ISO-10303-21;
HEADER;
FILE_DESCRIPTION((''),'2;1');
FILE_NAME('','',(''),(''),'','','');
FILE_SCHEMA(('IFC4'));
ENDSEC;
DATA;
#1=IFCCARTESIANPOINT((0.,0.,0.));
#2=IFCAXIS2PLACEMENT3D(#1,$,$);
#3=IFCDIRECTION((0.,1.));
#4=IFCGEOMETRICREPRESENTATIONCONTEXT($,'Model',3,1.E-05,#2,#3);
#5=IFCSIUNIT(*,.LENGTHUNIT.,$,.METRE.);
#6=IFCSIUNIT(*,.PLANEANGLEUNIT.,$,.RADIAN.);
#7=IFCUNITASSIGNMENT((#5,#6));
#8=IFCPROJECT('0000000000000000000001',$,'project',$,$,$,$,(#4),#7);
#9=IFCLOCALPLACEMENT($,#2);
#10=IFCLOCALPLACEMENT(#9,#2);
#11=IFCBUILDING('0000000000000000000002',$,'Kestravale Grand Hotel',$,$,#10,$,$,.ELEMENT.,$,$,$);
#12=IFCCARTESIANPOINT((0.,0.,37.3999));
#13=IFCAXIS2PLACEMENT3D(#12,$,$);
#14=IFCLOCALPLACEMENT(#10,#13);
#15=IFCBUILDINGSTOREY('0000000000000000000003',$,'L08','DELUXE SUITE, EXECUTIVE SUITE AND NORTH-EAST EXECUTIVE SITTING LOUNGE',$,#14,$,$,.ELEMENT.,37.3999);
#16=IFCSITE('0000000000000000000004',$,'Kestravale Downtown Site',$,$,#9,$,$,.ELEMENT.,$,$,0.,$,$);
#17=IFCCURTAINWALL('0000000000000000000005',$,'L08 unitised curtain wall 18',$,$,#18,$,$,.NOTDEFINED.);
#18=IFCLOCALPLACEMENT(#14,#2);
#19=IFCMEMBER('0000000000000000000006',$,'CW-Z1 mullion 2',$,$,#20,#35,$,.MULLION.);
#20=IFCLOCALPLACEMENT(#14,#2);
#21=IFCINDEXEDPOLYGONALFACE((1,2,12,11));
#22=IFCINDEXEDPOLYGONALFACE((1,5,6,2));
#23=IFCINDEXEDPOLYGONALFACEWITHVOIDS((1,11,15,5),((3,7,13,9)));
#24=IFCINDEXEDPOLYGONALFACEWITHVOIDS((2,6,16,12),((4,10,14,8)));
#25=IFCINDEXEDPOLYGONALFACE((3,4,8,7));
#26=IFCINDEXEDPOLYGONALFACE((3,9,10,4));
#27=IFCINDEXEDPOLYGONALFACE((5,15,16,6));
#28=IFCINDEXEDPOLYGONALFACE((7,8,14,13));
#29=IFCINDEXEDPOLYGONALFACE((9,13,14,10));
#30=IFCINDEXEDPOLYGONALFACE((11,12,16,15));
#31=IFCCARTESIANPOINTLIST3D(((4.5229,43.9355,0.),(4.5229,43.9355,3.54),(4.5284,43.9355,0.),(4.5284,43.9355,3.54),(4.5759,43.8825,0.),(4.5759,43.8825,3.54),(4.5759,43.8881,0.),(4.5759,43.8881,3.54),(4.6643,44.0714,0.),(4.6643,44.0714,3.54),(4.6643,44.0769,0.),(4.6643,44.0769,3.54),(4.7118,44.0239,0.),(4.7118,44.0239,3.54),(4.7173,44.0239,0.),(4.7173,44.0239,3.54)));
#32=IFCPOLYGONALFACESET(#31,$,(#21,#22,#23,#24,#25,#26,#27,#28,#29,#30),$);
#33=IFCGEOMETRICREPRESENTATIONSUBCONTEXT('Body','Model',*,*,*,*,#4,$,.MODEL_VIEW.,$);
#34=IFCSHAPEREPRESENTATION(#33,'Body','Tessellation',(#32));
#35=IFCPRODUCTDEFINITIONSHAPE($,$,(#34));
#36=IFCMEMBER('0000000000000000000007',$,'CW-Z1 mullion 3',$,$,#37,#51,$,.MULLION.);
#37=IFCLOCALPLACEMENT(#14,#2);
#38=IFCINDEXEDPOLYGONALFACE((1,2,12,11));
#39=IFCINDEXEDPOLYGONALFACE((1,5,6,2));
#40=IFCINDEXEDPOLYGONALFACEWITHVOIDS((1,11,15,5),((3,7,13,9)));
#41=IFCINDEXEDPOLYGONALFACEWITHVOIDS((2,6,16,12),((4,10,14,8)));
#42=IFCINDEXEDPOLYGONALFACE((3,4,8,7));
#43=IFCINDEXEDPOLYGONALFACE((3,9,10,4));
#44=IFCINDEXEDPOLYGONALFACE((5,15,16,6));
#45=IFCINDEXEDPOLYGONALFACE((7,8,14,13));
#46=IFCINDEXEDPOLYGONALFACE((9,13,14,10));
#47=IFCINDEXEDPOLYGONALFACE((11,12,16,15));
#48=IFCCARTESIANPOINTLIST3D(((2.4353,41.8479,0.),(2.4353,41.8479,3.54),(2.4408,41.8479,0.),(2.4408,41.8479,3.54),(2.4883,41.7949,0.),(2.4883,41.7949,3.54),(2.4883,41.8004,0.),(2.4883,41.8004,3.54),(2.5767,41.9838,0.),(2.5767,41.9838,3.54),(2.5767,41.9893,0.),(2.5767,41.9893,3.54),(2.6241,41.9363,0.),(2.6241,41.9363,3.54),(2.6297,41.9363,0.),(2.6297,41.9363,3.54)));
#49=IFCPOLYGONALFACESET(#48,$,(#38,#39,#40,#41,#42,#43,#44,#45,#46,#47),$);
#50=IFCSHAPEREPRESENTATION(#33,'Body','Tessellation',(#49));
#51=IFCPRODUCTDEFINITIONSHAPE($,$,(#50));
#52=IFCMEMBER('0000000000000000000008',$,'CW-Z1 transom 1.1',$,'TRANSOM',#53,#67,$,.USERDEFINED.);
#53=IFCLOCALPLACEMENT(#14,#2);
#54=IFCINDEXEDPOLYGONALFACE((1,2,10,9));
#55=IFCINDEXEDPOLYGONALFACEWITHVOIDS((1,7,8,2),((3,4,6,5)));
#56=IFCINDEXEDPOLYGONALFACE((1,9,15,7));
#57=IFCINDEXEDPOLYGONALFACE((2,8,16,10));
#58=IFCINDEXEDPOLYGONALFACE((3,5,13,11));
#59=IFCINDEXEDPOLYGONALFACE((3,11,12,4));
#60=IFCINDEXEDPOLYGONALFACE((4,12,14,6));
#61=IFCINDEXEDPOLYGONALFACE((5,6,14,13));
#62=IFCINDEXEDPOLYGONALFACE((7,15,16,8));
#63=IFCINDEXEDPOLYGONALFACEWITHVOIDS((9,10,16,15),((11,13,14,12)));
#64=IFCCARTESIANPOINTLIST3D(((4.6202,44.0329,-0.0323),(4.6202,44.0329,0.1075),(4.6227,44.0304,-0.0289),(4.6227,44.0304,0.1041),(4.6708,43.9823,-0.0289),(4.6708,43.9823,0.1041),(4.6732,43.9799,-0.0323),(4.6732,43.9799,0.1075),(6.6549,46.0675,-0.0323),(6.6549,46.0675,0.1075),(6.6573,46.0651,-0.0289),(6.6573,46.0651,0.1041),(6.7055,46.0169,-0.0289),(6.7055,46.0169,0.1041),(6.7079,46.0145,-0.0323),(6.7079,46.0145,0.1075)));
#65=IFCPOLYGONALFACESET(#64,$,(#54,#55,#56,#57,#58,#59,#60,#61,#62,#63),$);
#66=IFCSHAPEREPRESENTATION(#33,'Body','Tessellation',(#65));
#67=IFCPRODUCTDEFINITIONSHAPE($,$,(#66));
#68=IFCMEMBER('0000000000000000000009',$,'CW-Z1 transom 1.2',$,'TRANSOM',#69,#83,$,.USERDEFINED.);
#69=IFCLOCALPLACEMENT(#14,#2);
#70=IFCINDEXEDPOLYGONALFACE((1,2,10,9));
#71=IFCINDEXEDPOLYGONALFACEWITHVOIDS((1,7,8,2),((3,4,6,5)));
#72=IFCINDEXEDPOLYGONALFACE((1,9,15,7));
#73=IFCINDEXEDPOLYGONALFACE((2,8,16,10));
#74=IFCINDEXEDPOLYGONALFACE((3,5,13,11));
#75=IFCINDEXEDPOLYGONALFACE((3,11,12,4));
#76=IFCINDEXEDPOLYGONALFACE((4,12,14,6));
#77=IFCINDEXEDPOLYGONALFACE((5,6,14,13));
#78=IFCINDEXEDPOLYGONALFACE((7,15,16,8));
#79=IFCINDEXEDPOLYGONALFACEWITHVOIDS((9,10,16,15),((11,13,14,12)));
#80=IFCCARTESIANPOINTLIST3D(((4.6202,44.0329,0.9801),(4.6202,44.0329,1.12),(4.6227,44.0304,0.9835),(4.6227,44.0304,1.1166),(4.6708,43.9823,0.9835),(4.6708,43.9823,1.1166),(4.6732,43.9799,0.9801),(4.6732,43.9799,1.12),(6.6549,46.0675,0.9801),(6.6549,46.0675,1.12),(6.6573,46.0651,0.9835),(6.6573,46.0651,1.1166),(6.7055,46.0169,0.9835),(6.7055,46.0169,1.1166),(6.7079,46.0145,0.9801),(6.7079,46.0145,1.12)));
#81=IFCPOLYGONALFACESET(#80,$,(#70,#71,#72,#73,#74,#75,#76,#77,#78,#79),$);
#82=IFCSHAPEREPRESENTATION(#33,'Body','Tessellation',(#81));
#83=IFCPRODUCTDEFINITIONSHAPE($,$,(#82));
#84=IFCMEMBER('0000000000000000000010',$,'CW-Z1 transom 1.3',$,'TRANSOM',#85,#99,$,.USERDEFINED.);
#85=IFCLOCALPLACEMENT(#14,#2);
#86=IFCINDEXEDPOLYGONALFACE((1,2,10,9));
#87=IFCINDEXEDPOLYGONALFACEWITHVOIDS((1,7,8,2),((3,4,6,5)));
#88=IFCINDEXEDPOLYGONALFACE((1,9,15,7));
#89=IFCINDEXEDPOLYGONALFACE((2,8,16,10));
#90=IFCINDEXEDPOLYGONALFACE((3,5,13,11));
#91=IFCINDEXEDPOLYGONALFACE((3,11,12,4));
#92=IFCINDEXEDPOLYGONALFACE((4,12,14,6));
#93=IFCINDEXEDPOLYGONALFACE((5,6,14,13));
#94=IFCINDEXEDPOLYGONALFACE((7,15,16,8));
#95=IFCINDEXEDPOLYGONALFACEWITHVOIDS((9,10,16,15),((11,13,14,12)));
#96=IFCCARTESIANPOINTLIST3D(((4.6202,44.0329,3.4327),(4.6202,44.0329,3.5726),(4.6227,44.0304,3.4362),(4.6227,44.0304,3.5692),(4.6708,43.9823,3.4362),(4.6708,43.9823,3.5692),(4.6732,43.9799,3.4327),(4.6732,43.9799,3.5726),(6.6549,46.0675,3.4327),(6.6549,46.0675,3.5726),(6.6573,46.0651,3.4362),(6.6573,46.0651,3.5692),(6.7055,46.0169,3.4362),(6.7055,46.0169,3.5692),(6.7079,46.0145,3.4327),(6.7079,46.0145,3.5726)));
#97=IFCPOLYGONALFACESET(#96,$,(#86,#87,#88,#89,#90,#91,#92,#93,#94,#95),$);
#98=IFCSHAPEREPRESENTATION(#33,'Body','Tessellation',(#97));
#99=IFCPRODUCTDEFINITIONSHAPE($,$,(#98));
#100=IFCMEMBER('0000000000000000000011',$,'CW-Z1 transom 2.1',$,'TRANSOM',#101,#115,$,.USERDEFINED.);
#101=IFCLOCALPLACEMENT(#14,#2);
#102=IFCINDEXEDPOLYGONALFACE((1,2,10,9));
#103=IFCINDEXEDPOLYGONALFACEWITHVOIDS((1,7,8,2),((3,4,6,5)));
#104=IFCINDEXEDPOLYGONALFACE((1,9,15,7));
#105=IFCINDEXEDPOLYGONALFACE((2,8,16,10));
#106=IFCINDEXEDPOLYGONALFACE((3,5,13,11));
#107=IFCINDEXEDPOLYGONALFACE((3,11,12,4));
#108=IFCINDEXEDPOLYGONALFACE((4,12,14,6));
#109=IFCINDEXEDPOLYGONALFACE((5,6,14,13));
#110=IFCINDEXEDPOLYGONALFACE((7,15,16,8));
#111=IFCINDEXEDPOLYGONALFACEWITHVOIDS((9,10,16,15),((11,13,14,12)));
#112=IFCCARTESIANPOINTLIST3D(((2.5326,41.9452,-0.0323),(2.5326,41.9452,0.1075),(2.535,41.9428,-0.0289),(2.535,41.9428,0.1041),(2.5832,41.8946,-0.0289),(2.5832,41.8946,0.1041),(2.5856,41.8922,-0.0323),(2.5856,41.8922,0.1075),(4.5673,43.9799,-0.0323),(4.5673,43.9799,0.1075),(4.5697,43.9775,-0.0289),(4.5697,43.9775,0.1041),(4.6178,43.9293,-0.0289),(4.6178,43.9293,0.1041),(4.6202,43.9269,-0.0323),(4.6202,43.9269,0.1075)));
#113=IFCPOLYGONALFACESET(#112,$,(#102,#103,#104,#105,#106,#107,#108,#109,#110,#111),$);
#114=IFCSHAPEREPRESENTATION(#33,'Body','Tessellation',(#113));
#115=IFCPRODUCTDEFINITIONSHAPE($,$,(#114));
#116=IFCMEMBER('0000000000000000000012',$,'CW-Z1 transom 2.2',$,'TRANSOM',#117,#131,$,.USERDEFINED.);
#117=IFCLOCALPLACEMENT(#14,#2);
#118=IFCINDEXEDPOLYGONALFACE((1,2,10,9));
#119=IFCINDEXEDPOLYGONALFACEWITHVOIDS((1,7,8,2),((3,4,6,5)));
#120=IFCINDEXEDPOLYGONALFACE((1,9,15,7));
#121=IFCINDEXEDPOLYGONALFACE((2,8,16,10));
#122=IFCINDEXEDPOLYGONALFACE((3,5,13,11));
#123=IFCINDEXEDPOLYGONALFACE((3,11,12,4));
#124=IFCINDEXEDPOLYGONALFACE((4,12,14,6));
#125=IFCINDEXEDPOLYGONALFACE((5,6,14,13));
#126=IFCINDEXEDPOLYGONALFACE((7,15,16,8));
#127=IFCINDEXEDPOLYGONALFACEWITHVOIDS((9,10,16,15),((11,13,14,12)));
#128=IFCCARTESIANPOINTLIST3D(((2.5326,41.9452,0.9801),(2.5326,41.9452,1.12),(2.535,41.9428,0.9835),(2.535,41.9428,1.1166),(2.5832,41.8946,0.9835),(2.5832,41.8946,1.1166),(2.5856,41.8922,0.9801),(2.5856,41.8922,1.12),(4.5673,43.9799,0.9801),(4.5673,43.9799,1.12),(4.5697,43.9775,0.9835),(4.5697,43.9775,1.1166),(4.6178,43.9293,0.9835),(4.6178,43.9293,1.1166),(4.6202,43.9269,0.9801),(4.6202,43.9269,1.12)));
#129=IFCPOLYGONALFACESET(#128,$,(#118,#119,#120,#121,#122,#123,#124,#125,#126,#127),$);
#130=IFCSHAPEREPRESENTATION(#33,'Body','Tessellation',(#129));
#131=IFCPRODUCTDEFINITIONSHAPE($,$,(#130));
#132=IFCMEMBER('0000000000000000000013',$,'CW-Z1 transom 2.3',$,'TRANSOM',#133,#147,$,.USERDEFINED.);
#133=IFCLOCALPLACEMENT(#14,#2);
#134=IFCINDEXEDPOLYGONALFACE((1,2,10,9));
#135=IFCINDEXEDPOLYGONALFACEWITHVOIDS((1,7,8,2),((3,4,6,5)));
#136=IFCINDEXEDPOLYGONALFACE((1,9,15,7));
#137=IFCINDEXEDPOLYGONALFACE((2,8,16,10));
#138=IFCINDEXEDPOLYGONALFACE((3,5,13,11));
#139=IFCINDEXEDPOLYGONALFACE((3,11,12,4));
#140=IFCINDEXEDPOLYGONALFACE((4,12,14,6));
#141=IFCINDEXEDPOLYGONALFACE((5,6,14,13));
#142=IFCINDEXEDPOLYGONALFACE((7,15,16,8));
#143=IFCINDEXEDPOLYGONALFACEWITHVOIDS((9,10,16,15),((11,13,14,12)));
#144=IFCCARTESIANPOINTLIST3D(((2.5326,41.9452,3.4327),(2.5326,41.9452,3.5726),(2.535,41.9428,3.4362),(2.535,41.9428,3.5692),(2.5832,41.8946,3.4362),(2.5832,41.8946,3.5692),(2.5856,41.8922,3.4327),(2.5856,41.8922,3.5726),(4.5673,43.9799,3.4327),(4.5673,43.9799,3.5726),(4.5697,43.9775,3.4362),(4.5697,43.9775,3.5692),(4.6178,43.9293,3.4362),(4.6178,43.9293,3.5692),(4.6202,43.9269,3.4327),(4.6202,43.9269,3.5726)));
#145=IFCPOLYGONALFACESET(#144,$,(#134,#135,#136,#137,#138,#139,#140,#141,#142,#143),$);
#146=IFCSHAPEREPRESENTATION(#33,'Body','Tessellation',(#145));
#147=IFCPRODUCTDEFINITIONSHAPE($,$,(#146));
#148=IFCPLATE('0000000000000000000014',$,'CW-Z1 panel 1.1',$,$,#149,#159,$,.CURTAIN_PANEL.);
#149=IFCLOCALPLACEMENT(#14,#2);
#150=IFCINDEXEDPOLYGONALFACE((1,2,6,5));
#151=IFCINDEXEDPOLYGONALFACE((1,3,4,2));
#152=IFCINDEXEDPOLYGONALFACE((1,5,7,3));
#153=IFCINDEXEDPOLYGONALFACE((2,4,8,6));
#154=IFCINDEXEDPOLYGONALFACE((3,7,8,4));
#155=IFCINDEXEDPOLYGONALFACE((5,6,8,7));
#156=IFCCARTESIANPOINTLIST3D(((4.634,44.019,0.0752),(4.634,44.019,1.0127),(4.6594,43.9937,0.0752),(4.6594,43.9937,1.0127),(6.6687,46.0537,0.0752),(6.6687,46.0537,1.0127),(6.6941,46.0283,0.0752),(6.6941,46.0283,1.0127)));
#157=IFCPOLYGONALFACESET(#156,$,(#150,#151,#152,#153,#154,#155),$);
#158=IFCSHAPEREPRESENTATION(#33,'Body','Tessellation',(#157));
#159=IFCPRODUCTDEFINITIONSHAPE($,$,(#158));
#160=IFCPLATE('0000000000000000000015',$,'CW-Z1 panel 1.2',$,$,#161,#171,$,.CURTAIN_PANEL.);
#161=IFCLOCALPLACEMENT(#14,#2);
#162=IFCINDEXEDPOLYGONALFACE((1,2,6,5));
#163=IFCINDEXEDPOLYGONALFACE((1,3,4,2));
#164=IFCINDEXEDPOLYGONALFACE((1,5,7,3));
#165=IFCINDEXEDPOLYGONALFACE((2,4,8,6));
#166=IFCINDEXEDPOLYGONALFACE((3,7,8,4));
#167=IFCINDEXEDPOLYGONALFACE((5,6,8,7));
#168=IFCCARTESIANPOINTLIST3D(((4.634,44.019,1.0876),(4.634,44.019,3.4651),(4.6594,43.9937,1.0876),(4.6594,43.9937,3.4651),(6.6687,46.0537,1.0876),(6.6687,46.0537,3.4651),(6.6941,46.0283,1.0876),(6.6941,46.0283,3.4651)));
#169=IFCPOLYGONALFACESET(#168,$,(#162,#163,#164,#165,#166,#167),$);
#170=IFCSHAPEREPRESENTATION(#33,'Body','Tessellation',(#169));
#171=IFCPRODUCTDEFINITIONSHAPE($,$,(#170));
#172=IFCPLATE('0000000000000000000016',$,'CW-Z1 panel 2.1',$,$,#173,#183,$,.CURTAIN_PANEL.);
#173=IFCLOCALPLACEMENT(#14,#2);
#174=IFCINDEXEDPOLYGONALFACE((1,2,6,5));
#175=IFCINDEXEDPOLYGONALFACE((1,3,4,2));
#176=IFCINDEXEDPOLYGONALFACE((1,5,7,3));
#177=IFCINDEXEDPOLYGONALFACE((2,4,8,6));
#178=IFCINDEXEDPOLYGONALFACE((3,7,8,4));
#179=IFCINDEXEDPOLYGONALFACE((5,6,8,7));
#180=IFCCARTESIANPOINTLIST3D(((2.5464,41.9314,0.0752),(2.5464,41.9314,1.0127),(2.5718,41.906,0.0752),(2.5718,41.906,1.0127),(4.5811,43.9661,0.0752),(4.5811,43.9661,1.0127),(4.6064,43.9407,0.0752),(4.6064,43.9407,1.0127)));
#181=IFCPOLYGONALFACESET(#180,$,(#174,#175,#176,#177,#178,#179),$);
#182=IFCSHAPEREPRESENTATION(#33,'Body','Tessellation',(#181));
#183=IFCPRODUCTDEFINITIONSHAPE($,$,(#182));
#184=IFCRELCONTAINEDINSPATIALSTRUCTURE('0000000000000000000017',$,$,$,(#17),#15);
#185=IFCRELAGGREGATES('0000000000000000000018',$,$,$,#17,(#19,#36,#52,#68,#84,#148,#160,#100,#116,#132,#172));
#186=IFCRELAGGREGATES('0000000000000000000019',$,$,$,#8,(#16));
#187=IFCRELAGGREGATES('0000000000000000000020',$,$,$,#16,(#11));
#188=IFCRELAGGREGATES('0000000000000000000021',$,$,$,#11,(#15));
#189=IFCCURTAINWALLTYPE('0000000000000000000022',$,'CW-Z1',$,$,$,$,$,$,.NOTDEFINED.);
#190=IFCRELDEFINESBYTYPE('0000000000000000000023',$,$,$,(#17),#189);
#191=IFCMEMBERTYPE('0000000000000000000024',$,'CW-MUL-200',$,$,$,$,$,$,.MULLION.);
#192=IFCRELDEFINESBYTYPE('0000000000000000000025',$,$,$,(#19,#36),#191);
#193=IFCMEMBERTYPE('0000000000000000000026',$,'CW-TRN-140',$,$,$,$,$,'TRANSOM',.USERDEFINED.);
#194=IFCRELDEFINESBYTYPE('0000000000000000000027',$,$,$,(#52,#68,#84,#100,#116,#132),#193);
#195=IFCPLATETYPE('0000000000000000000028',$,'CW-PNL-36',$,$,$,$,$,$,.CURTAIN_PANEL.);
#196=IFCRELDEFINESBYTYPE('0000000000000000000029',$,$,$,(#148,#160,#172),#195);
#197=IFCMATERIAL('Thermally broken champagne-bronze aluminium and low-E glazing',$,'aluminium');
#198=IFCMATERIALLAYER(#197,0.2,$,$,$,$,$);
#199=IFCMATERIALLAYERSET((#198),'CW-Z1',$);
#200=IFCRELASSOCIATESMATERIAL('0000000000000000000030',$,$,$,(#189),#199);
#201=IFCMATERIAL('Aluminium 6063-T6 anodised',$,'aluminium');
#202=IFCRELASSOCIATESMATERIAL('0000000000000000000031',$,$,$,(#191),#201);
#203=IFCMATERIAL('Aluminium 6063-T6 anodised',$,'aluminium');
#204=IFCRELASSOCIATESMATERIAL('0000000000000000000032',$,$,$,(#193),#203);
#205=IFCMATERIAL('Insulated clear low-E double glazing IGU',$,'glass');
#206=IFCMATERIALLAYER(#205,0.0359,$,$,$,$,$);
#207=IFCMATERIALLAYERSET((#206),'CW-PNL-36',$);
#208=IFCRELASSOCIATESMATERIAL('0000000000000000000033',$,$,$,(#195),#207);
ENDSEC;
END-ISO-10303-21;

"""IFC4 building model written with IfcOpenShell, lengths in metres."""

from ifc_helpers import new_model, si_unit, direction, frame, origin, origin_2d, place, context, subcontext, project, spatial, rectangle, hollow_rectangle, extrude, material, layer, layer_set, material_profile, profile_set, type_object, element, aggregate, save


model = new_model("IFC4")

# Units and contexts
model_context = context("Model", 3, precision=1e-05, world=origin(), true_north=direction((0.0, 1.0)))
body_context = subcontext(model_context, "Body", "Model", "MODEL_VIEW")
ifc_project = project(units=[si_unit("LENGTHUNIT", "METRE"), si_unit("PLANEANGLEUNIT", "RADIAN")], contexts=[model_context])

# Site, building, storey
site_placement = place(None, origin())
site = spatial("IfcSite", under=ifc_project, at=site_placement, Name="Kestravale Downtown Site", CompositionType="ELEMENT", RefElevation=0.0)
building_placement = place(site_placement, origin())
building = spatial("IfcBuilding", under=site, at=building_placement, Name="Kestravale Grand Hotel", CompositionType="ELEMENT")
storey_placement = place(building_placement, frame((0.0, 0.0, 37.3999)))
storey = spatial("IfcBuildingStorey", under=building, at=storey_placement, Name="L08", Description="DELUXE SUITE, EXECUTIVE SUITE AND NORTH-EAST EXECUTIVE SITTING LOUNGE", CompositionType="ELEMENT", Elevation=37.3999)

# Curtain wall, members, plates
ifc_material_1 = material(Name="Thermally broken champagne-bronze aluminium and low-E glazing", Category="aluminium")
ifc_layer_1 = layer(ifc_material_1, 0.2)
ifc_layer_set_1 = layer_set([ifc_layer_1], Name="CW-Z1")
curtain_wall_type = type_object("IfcCurtainWallType", Name="CW-Z1", PredefinedType="NOTDEFINED", material=ifc_layer_set_1)
curtain_wall_placement = place(storey_placement, origin())
curtain_wall = element("IfcCurtainWall", 1, at=curtain_wall_placement, inside=storey, type_object=curtain_wall_type, Name="L08 unitised curtain wall 18", PredefinedType="NOTDEFINED")
ifc_material_2 = material(Name="Aluminium 6063-T6 anodised", Category="aluminium")
ifc_material_profile_1 = material_profile(ifc_material_2, hollow_rectangle(XDim=0.075, YDim=0.2, WallThickness=0.0039, at=origin_2d()))
ifc_profile_set_1 = profile_set([ifc_material_profile_1], Name="Aluminium 6063-T6 anodised")
member_type_1 = type_object("IfcMemberType", Name="CW-MUL-200", PredefinedType="MULLION", material=ifc_profile_set_1)
member_1_placement = place(storey_placement, frame((4.6201, 43.9797, 0.0), z_axis=(0.0, 0.0, 1.0), x_axis=(0.707107, -0.707107, 0.0)))
member_1 = element("IfcMember", 2, at=member_1_placement, type_object=member_type_1, Name="CW-Z1 mullion 2", PredefinedType="MULLION", context=body_context, shape_type="SweptSolid", body=[
    extrude(hollow_rectangle(XDim=0.075, YDim=0.2, WallThickness=0.0039, at=origin_2d()), origin(), (0.0, 0.0, 1.0), 3.54),
])
member_2_placement = place(storey_placement, frame((2.5325, 41.8921, 0.0), z_axis=(0.0, 0.0, 1.0), x_axis=(0.707107, -0.707107, 0.0)))
member_2 = element("IfcMember", 3, at=member_2_placement, type_object=member_type_1, Name="CW-Z1 mullion 3", PredefinedType="MULLION", context=body_context, shape_type="SweptSolid", body=[
    extrude(hollow_rectangle(XDim=0.075, YDim=0.2, WallThickness=0.0039, at=origin_2d()), origin(), (0.0, 0.0, 1.0), 3.54),
])
ifc_material_3 = material(Name="Aluminium 6063-T6 anodised", Category="aluminium")
ifc_material_profile_2 = material_profile(ifc_material_3, hollow_rectangle(XDim=0.075, YDim=0.1399, WallThickness=0.0034, at=origin_2d()))
ifc_profile_set_2 = profile_set([ifc_material_profile_2], Name="Aluminium 6063-T6 anodised")
member_type_2 = type_object("IfcMemberType", Name="CW-TRN-140", ElementType="TRANSOM", PredefinedType="USERDEFINED", material=ifc_profile_set_2)
member_3_placement = place(storey_placement, frame((6.6814, 46.041, 0.0376), z_axis=(-0.707107, -0.707107, 0.0), x_axis=(0.707107, -0.707107, 0.0)))
member_3 = element("IfcMember", 4, at=member_3_placement, type_object=member_type_2, Name="CW-Z1 transom 1.1", ObjectType="TRANSOM", PredefinedType="USERDEFINED", context=body_context, shape_type="SweptSolid", body=[
    extrude(hollow_rectangle(XDim=0.075, YDim=0.1399, WallThickness=0.0034, at=origin_2d()), origin(), (0.0, 0.0, 1.0), 2.8774),
])
member_4_placement = place(storey_placement, frame((6.6814, 46.041, 1.05), z_axis=(-0.707107, -0.707107, 0.0), x_axis=(0.707107, -0.707107, 0.0)))
member_4 = element("IfcMember", 5, at=member_4_placement, type_object=member_type_2, Name="CW-Z1 transom 1.2", ObjectType="TRANSOM", PredefinedType="USERDEFINED", context=body_context, shape_type="SweptSolid", body=[
    extrude(hollow_rectangle(XDim=0.075, YDim=0.1399, WallThickness=0.0034, at=origin_2d()), origin(), (0.0, 0.0, 1.0), 2.8774),
])
member_5_placement = place(storey_placement, frame((6.6814, 46.041, 3.5027), z_axis=(-0.707107, -0.707107, 0.0), x_axis=(0.707107, -0.707107, 0.0)))
member_5 = element("IfcMember", 6, at=member_5_placement, type_object=member_type_2, Name="CW-Z1 transom 1.3", ObjectType="TRANSOM", PredefinedType="USERDEFINED", context=body_context, shape_type="SweptSolid", body=[
    extrude(hollow_rectangle(XDim=0.075, YDim=0.1399, WallThickness=0.0034, at=origin_2d()), origin(), (0.0, 0.0, 1.0), 2.8774),
])
member_6_placement = place(storey_placement, frame((4.5938, 43.9534, 0.0376), z_axis=(-0.707107, -0.707107, 0.0), x_axis=(0.707107, -0.707107, 0.0)))
member_6 = element("IfcMember", 7, at=member_6_placement, type_object=member_type_2, Name="CW-Z1 transom 2.1", ObjectType="TRANSOM", PredefinedType="USERDEFINED", context=body_context, shape_type="SweptSolid", body=[
    extrude(hollow_rectangle(XDim=0.075, YDim=0.1399, WallThickness=0.0034, at=origin_2d()), origin(), (0.0, 0.0, 1.0), 2.8774),
])
member_7_placement = place(storey_placement, frame((4.5938, 43.9534, 1.05), z_axis=(-0.707107, -0.707107, 0.0), x_axis=(0.707107, -0.707107, 0.0)))
member_7 = element("IfcMember", 8, at=member_7_placement, type_object=member_type_2, Name="CW-Z1 transom 2.2", ObjectType="TRANSOM", PredefinedType="USERDEFINED", context=body_context, shape_type="SweptSolid", body=[
    extrude(hollow_rectangle(XDim=0.075, YDim=0.1399, WallThickness=0.0034, at=origin_2d()), origin(), (0.0, 0.0, 1.0), 2.8774),
])
member_8_placement = place(storey_placement, frame((4.5938, 43.9534, 3.5027), z_axis=(-0.707107, -0.707107, 0.0), x_axis=(0.707107, -0.707107, 0.0)))
member_8 = element("IfcMember", 9, at=member_8_placement, type_object=member_type_2, Name="CW-Z1 transom 2.3", ObjectType="TRANSOM", PredefinedType="USERDEFINED", context=body_context, shape_type="SweptSolid", body=[
    extrude(hollow_rectangle(XDim=0.075, YDim=0.1399, WallThickness=0.0034, at=origin_2d()), origin(), (0.0, 0.0, 1.0), 2.8774),
])
ifc_material_4 = material(Name="Insulated clear low-E double glazing IGU", Category="glass")
ifc_layer_2 = layer(ifc_material_4, 0.0359)
ifc_layer_set_2 = layer_set([ifc_layer_2], Name="CW-PNL-36")
plate_type = type_object("IfcPlateType", Name="CW-PNL-36", PredefinedType="CURTAIN_PANEL", material=ifc_layer_set_2)
plate_1_placement = place(storey_placement, frame((5.6641, 45.0237, 0.0752), z_axis=(0.0, 0.0, 1.0), x_axis=(-0.707107, -0.707107, 0.0)))
plate_1 = element("IfcPlate", 10, at=plate_1_placement, type_object=plate_type, Name="CW-Z1 panel 1.1", PredefinedType="CURTAIN_PANEL", context=body_context, shape_type="SweptSolid", body=[
    extrude(rectangle(XDim=2.8774, YDim=0.0359, at=origin_2d()), origin(), (0.0, 0.0, 1.0), 0.9375),
])
plate_2_placement = place(storey_placement, frame((5.6641, 45.0237, 1.0876), z_axis=(0.0, 0.0, 1.0), x_axis=(-0.707107, -0.707107, 0.0)))
plate_2 = element("IfcPlate", 11, at=plate_2_placement, type_object=plate_type, Name="CW-Z1 panel 1.2", PredefinedType="CURTAIN_PANEL", context=body_context, shape_type="SweptSolid", body=[
    extrude(rectangle(XDim=2.8774, YDim=0.0359, at=origin_2d()), origin(), (0.0, 0.0, 1.0), 2.3774),
])
plate_3_placement = place(storey_placement, frame((3.5764, 42.936, 0.0752), z_axis=(0.0, 0.0, 1.0), x_axis=(-0.707107, -0.707107, 0.0)))
plate_3 = element("IfcPlate", 12, at=plate_3_placement, type_object=plate_type, Name="CW-Z1 panel 2.1", PredefinedType="CURTAIN_PANEL", context=body_context, shape_type="SweptSolid", body=[
    extrude(rectangle(XDim=2.8774, YDim=0.0359, at=origin_2d()), origin(), (0.0, 0.0, 1.0), 0.9375),
])
aggregate(curtain_wall, [member_1, member_2, member_3, member_4, member_5, plate_1, plate_2, member_6, member_7, member_8, plate_3])

save(model, "model.ifc")
